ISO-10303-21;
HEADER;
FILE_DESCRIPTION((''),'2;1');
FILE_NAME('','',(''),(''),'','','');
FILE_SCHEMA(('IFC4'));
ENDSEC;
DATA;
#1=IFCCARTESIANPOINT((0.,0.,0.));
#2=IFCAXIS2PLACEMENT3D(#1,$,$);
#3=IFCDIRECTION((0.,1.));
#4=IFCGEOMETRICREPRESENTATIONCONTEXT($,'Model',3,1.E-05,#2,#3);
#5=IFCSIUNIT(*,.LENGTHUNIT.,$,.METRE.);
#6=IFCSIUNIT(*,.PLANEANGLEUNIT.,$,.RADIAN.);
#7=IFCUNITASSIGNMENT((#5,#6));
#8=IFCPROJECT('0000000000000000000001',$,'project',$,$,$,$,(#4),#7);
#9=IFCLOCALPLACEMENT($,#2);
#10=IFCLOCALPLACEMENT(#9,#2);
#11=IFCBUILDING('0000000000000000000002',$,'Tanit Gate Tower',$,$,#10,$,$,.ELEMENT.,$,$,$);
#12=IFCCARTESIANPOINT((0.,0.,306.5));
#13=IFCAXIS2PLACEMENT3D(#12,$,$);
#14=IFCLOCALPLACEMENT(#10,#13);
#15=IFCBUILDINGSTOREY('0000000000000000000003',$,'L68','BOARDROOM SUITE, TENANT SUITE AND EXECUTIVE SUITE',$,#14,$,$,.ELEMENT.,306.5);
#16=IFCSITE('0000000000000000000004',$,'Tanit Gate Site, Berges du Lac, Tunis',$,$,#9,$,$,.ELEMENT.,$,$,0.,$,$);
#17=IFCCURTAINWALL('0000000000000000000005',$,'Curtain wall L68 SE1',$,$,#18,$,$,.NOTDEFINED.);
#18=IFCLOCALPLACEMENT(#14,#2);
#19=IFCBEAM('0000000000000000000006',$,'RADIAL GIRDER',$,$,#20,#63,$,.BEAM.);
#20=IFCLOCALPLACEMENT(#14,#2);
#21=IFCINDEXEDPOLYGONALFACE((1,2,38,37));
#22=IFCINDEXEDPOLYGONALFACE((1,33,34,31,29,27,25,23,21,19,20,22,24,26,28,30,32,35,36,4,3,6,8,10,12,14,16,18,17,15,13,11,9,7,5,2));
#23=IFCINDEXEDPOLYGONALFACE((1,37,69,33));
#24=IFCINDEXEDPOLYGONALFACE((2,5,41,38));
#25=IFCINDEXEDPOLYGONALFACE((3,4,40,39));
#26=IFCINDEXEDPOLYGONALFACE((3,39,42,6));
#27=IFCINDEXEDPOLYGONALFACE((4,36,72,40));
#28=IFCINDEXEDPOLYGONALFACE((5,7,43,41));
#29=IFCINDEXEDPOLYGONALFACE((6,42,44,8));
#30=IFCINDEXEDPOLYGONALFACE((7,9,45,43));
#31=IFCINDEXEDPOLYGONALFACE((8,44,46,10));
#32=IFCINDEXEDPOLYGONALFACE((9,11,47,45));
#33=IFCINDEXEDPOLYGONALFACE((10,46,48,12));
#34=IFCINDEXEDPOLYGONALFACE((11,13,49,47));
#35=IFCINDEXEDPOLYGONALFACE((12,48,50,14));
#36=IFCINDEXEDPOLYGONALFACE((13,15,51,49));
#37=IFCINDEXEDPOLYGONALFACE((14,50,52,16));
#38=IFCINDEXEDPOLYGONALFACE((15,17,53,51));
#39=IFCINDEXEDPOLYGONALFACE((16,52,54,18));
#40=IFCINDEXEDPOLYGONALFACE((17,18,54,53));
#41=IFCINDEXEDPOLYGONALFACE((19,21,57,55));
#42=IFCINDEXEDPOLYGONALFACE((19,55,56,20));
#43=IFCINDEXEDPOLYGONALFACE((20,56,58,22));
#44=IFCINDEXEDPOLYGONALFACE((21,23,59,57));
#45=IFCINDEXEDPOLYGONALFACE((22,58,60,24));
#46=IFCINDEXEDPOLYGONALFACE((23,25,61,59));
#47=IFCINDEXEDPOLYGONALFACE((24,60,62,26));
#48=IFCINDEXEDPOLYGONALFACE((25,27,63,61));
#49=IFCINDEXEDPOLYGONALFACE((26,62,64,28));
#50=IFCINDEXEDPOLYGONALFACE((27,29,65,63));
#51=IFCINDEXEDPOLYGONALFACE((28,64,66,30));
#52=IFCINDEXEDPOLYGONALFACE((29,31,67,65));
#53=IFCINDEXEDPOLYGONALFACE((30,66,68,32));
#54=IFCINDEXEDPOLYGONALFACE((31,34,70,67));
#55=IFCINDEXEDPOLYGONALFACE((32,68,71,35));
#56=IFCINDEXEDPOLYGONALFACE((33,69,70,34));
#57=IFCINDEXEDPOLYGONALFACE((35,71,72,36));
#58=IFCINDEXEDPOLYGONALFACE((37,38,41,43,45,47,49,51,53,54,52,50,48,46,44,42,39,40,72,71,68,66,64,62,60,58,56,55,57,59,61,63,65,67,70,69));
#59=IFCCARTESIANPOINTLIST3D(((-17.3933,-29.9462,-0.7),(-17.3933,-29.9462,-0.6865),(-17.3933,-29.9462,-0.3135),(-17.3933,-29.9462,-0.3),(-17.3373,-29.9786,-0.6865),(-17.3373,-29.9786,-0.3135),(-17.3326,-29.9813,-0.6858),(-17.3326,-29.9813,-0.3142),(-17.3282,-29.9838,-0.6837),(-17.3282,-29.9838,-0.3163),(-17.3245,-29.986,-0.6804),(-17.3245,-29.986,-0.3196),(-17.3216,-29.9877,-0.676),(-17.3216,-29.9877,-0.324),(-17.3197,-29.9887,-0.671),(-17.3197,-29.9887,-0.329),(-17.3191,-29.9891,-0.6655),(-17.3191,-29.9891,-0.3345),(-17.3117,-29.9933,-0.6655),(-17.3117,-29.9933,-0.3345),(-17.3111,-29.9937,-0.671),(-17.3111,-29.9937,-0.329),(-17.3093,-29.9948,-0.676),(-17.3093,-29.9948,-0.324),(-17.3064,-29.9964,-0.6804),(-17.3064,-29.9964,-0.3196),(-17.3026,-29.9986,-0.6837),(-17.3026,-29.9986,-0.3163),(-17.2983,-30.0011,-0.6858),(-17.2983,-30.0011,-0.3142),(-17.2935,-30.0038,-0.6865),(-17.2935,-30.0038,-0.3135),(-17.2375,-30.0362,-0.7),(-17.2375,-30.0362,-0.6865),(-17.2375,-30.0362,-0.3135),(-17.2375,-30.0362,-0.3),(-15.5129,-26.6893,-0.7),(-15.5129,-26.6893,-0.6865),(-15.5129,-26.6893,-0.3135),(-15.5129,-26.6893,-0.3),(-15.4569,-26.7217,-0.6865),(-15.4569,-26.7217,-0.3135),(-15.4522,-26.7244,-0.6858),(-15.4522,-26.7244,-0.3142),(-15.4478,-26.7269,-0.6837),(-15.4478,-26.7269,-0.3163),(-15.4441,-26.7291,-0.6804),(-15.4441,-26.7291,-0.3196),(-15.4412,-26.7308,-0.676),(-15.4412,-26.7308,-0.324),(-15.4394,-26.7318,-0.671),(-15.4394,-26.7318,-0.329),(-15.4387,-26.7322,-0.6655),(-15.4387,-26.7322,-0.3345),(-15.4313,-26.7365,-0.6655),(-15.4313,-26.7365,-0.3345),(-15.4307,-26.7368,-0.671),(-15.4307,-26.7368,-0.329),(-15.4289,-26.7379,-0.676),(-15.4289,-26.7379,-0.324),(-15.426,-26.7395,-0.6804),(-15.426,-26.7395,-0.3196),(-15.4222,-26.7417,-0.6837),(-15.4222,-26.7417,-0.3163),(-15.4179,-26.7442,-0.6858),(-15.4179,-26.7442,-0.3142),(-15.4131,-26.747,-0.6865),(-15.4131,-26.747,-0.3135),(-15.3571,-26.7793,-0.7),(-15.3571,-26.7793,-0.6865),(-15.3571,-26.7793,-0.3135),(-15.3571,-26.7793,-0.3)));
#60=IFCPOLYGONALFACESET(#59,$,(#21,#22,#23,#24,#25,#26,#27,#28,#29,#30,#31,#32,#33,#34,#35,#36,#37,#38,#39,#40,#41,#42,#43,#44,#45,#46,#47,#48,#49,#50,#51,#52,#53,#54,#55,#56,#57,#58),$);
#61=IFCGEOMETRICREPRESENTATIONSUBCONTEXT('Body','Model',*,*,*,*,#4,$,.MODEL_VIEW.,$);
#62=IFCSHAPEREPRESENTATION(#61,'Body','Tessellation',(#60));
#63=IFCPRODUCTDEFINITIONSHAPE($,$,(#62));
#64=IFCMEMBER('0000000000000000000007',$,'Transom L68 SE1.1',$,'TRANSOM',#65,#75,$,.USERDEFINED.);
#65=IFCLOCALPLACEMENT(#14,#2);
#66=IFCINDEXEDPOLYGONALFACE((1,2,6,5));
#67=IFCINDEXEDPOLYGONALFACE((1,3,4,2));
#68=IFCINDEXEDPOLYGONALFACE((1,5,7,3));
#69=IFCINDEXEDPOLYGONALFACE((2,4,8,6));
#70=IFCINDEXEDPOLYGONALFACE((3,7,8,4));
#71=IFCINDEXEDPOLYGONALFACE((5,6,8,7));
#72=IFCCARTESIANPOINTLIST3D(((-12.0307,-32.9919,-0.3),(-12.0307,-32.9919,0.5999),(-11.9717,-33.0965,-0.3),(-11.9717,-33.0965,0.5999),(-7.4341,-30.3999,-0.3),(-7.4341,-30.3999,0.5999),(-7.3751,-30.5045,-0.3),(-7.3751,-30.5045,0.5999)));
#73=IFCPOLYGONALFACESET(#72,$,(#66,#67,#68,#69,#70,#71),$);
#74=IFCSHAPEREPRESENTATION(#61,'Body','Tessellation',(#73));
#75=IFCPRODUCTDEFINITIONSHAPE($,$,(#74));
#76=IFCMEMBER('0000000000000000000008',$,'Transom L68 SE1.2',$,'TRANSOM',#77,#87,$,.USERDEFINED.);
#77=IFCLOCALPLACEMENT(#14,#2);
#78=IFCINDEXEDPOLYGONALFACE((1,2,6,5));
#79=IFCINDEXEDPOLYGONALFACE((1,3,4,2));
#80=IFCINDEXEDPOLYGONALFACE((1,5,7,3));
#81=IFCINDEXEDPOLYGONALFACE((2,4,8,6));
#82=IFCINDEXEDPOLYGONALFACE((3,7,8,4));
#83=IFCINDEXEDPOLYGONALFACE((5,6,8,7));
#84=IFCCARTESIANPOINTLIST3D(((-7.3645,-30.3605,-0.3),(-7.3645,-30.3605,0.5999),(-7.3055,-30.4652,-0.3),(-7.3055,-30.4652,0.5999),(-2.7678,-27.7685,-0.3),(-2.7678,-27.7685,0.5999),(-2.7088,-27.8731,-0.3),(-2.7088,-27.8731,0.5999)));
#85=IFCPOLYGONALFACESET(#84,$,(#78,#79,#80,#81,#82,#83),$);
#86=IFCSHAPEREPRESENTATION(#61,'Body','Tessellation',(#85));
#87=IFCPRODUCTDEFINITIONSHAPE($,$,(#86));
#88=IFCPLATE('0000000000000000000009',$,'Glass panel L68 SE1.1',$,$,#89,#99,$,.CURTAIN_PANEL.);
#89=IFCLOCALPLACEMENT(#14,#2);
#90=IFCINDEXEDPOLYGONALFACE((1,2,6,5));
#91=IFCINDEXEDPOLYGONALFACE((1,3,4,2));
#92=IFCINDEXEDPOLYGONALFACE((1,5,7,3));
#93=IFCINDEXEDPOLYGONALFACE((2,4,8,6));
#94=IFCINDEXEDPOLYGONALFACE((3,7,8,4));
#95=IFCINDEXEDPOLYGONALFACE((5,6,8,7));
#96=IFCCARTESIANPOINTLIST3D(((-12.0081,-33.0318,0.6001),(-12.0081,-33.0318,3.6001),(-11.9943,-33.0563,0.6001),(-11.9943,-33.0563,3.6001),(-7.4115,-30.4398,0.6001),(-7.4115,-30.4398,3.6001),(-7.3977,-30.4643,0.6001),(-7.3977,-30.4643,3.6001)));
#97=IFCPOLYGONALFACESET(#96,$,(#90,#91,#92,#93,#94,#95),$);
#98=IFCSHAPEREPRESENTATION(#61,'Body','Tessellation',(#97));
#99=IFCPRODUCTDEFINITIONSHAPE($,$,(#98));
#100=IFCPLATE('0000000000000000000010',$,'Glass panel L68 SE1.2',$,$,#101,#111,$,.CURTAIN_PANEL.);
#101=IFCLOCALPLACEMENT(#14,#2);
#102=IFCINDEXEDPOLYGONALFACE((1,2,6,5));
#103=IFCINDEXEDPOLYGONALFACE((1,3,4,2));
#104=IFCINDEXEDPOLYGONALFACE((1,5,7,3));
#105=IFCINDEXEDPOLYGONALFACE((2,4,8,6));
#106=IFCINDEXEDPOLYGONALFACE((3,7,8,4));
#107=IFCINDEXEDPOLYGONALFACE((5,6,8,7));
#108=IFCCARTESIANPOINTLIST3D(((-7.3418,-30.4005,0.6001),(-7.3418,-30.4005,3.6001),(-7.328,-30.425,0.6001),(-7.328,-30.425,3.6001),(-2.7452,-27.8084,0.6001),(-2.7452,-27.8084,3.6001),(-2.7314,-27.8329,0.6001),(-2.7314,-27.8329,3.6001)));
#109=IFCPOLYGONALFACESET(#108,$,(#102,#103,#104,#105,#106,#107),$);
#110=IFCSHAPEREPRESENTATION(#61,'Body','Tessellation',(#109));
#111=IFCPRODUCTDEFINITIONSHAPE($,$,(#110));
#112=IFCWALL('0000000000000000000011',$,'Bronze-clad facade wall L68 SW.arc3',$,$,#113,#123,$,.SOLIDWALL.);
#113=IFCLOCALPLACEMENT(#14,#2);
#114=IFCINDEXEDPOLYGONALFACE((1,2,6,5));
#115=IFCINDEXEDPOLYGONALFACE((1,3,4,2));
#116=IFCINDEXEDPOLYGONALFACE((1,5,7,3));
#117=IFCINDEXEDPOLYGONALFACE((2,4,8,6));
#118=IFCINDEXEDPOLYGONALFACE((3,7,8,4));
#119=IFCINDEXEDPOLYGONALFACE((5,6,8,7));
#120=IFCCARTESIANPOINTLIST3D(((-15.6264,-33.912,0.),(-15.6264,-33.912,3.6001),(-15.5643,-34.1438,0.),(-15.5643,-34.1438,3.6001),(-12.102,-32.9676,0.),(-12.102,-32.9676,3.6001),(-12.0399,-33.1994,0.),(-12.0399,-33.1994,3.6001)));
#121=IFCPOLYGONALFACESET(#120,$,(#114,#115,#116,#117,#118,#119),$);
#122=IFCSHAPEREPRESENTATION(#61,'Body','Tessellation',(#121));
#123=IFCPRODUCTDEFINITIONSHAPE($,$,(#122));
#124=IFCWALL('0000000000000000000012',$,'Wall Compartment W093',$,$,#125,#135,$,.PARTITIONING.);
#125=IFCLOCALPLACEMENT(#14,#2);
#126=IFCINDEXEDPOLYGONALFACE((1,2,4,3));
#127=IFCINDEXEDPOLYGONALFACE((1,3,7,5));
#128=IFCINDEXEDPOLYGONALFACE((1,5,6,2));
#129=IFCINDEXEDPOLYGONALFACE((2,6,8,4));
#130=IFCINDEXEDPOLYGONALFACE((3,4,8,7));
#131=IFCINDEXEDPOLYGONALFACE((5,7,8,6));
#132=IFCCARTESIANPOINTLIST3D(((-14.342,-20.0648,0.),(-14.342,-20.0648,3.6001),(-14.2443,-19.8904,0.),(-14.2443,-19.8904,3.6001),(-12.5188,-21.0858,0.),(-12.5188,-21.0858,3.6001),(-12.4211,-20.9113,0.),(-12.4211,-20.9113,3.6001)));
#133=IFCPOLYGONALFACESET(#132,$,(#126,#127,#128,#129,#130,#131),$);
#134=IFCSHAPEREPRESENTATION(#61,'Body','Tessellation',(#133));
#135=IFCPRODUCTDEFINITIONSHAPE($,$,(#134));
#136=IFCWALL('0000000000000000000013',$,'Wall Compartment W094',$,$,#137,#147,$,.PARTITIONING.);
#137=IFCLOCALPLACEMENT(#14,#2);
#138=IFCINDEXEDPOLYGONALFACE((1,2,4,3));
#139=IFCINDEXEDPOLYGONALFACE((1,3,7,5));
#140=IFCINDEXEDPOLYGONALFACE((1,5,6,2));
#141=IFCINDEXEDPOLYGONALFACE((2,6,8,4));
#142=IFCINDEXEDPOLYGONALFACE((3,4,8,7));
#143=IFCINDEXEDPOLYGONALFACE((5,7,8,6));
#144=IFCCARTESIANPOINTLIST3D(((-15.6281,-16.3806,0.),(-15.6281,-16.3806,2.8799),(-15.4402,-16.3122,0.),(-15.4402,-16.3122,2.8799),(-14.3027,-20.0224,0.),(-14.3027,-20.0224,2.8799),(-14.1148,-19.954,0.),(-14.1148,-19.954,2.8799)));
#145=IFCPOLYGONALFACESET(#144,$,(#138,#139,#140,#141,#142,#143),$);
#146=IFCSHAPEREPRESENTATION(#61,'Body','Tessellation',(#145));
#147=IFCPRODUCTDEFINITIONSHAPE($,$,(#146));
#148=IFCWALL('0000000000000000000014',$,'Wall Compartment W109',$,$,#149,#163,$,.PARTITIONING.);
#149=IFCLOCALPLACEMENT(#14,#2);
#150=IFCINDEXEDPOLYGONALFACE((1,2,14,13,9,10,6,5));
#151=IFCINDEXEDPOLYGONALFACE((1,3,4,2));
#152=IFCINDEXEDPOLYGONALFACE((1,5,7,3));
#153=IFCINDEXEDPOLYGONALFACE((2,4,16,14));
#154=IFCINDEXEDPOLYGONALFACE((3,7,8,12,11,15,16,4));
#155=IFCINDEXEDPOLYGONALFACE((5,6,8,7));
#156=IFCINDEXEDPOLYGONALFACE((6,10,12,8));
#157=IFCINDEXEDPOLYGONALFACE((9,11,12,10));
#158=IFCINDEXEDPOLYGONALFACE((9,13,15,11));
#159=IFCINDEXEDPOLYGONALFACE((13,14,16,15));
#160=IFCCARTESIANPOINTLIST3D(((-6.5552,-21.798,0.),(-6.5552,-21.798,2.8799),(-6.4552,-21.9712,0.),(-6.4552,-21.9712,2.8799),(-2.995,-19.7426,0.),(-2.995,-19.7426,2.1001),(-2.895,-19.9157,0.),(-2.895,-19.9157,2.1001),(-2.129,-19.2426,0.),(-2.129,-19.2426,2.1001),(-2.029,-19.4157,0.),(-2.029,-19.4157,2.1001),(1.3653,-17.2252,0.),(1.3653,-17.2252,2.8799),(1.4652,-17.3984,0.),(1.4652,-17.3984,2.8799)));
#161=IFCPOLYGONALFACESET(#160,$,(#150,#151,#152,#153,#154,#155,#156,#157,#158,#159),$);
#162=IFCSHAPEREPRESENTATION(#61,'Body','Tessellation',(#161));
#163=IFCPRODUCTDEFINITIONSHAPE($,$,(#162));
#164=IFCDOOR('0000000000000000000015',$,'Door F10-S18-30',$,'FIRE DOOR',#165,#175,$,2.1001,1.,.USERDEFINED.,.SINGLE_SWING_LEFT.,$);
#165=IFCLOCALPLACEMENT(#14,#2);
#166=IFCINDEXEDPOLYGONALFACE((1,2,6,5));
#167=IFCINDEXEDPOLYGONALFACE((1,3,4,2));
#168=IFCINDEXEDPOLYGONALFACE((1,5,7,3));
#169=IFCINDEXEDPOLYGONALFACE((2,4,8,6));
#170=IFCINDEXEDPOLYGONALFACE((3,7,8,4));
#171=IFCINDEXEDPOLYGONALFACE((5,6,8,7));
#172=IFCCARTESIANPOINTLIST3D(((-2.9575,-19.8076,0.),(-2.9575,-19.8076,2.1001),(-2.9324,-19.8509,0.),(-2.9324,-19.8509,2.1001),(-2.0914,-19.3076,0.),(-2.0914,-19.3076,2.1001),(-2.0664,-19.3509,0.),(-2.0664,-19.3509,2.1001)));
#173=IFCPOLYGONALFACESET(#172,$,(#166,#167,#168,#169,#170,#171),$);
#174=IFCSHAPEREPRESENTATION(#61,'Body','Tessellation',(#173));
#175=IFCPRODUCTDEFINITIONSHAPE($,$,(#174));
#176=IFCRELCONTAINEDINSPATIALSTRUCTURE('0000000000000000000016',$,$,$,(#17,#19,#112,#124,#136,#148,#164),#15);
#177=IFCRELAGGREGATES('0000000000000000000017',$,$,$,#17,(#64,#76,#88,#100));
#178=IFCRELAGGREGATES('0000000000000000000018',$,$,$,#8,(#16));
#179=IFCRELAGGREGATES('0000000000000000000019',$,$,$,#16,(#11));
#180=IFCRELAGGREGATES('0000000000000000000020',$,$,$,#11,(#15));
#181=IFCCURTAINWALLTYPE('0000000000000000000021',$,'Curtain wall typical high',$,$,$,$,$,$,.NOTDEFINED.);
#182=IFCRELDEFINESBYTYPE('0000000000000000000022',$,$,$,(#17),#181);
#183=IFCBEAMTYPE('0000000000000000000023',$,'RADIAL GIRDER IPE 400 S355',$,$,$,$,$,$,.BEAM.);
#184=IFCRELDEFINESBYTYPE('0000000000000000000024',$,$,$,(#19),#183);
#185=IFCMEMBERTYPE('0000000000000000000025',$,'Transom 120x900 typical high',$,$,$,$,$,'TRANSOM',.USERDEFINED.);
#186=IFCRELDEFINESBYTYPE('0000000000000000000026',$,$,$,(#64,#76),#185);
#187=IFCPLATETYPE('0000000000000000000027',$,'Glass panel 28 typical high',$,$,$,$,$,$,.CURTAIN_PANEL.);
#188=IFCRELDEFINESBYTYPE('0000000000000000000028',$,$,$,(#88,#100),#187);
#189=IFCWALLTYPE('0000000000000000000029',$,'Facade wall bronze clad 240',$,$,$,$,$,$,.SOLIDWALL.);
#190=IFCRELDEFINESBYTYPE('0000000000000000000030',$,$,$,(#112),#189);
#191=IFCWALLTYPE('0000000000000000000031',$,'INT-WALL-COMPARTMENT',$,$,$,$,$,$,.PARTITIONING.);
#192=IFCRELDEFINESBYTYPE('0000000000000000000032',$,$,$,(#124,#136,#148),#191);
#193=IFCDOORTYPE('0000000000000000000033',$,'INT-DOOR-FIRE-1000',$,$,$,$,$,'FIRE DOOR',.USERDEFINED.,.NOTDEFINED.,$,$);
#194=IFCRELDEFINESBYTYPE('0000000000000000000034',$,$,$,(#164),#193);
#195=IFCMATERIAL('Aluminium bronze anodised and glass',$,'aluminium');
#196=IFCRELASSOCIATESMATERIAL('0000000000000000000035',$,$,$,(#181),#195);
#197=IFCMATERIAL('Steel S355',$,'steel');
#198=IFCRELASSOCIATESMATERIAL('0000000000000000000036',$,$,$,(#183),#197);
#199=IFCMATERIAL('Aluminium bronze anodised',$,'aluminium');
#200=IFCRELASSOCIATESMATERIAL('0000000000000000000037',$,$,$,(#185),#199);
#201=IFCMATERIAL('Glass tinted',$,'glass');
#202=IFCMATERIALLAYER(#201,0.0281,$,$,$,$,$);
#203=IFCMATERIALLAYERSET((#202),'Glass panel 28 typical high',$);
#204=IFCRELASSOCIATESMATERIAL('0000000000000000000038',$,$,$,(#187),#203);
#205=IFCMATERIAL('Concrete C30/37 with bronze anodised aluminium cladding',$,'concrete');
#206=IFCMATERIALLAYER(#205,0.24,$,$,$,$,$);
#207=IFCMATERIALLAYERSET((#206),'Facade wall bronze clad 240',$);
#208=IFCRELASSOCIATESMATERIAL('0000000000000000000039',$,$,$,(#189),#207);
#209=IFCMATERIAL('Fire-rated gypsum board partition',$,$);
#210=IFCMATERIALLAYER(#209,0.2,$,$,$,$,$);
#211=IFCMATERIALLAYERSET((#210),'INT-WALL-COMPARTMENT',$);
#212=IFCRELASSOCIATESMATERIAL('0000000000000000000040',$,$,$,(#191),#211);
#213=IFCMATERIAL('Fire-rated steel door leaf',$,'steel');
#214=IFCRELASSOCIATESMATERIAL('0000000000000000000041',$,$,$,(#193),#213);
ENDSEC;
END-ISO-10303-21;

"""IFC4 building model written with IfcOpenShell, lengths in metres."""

from ifc_helpers import new_model, si_unit, direction, frame, frame_2d, origin, origin_2d, place, context, subcontext, project, spatial, rectangle, i_section, extrude, material, layer, layer_set, material_profile, profile_set, type_object, element, fill, aggregate, save


model = new_model("IFC4")

# Units and contexts
model_context = context("Model", 3, precision=1e-05, world=origin(), true_north=direction((0.0, 1.0)))
body_context = subcontext(model_context, "Body", "Model", "MODEL_VIEW")
ifc_project = project(units=[si_unit("LENGTHUNIT", "METRE"), si_unit("PLANEANGLEUNIT", "RADIAN")], contexts=[model_context])

# Site, building, storey
site_placement = place(None, origin())
site = spatial("IfcSite", under=ifc_project, at=site_placement, Name="Tanit Gate Site, Berges du Lac, Tunis", CompositionType="ELEMENT", RefElevation=0.0)
building_placement = place(site_placement, origin())
building = spatial("IfcBuilding", under=site, at=building_placement, Name="Tanit Gate Tower", CompositionType="ELEMENT")
storey_placement = place(building_placement, frame((0.0, 0.0, 306.5)))
storey = spatial("IfcBuildingStorey", under=building, at=storey_placement, Name="L68", Description="BOARDROOM SUITE, TENANT SUITE AND EXECUTIVE SUITE", CompositionType="ELEMENT", Elevation=306.5)

# Curtain wall
ifc_material_1 = material(Name="Aluminium bronze anodised and glass", Category="aluminium")
curtain_wall_type = type_object("IfcCurtainWallType", Name="Curtain wall typical high", PredefinedType="NOTDEFINED", material=ifc_material_1)
curtain_wall_placement = place(storey_placement, origin())
curtain_wall = element("IfcCurtainWall", 1, at=curtain_wall_placement, inside=storey, type_object=curtain_wall_type, Name="Curtain wall L68 SE1", PredefinedType="NOTDEFINED")

# Beam
ifc_material_2 = material(Name="Steel S355", Category="steel")
ifc_material_profile_1 = material_profile(ifc_material_2, i_section(OverallWidth=0.1799, OverallDepth=0.3999, WebThickness=0.0085, FlangeThickness=0.0134, FilletRadius=0.021, at=origin_2d()), Name="IPE 400")
ifc_profile_set_1 = profile_set([ifc_material_profile_1], Name="Steel S355")
beam_type_1 = type_object("IfcBeamType", Name="RADIAL GIRDER IPE 400 S355", PredefinedType="BEAM", material=ifc_profile_set_1)
beam_1_placement = place(storey_placement, frame((-17.3154, -29.9912, -0.5), z_axis=(0.500007, 0.866021, 0.0), x_axis=(-0.866021, 0.500007, 0.0)))
element("IfcBeam", 2, at=beam_1_placement, inside=storey, type_object=beam_type_1, Name="RADIAL GIRDER", PredefinedType="BEAM", context=body_context, shape_type="SweptSolid", body=[
    extrude(i_section(OverallWidth=0.1799, OverallDepth=0.3999, WebThickness=0.0085, FlangeThickness=0.0134, FilletRadius=0.021, at=origin_2d()), origin(), (0.0, 0.0, 1.0), 3.7607),
])

# Members
ifc_material_3 = material(Name="Aluminium bronze anodised", Category="aluminium")
ifc_material_profile_2 = material_profile(ifc_material_3, rectangle(XDim=0.1201, YDim=0.8999, at=origin_2d()), Name="120x900 bronze transom")
ifc_profile_set_2 = profile_set([ifc_material_profile_2], Name="Aluminium bronze anodised")
member_type_1 = type_object("IfcMemberType", Name="Transom 120x900 typical high", ElementType="TRANSOM", PredefinedType="USERDEFINED", material=ifc_profile_set_2)
member_1_placement = place(storey_placement, frame((-12.0012, -33.0442, 0.1499), z_axis=(0.871056, 0.491183, 0.0), x_axis=(-0.491183, 0.871056, 0.0)))
member_1 = element("IfcMember", 3, at=member_1_placement, type_object=member_type_1, Name="Transom L68 SE1.1", ObjectType="TRANSOM", PredefinedType="USERDEFINED", context=body_context, shape_type="SweptSolid", body=[
    extrude(rectangle(XDim=0.1201, YDim=0.8999, at=origin_2d()), origin(), (0.0, 0.0, 1.0), 5.2771),
])
member_2_placement = place(storey_placement, frame((-7.335, -30.4128, 0.1499), z_axis=(0.871056, 0.491183, 0.0), x_axis=(-0.491183, 0.871056, 0.0)))
member_2 = element("IfcMember", 4, at=member_2_placement, type_object=member_type_1, Name="Transom L68 SE1.2", ObjectType="TRANSOM", PredefinedType="USERDEFINED", context=body_context, shape_type="SweptSolid", body=[
    extrude(rectangle(XDim=0.1201, YDim=0.8999, at=origin_2d()), origin(), (0.0, 0.0, 1.0), 5.2771),
])

# Plates
ifc_material_4 = material(Name="Glass tinted", Category="glass")
ifc_layer_1 = layer(ifc_material_4, 0.0281)
ifc_layer_set_1 = layer_set([ifc_layer_1], Name="Glass panel 28 typical high")
plate_type = type_object("IfcPlateType", Name="Glass panel 28 typical high", PredefinedType="CURTAIN_PANEL", material=ifc_layer_set_1)
plate_1_placement = place(storey_placement, frame((-9.7029, -31.748, 0.6001), z_axis=(0.0, 0.0, 1.0), x_axis=(0.871054, 0.491188, 0.0)))
plate_1 = element("IfcPlate", 5, at=plate_1_placement, type_object=plate_type, Name="Glass panel L68 SE1.1", PredefinedType="CURTAIN_PANEL", context=body_context, shape_type="SweptSolid", body=[
    extrude(rectangle(XDim=5.2771, YDim=0.0281, at=origin_2d()), origin(), (0.0, 0.0, 1.0), 3.0),
])
plate_2_placement = place(storey_placement, frame((-5.0366, -29.1167, 0.6001), z_axis=(0.0, 0.0, 1.0), x_axis=(0.871054, 0.491188, 0.0)))
plate_2 = element("IfcPlate", 6, at=plate_2_placement, type_object=plate_type, Name="Glass panel L68 SE1.2", PredefinedType="CURTAIN_PANEL", context=body_context, shape_type="SweptSolid", body=[
    extrude(rectangle(XDim=5.2771, YDim=0.0281, at=origin_2d()), origin(), (0.0, 0.0, 1.0), 3.0),
])
aggregate(curtain_wall, [member_1, member_2, plate_1, plate_2])

# Walls
ifc_material_5 = material(Name="Concrete C30/37 with bronze anodised aluminium cladding", Category="concrete")
ifc_layer_2 = layer(ifc_material_5, 0.24)
ifc_layer_set_2 = layer_set([ifc_layer_2], Name="Facade wall bronze clad 240")
wall_type_1 = type_object("IfcWallType", Name="Facade wall bronze clad 240", PredefinedType="SOLIDWALL", material=ifc_layer_set_2)
wall_1_placement = place(storey_placement, frame((-15.5952, -34.0278, 0.0), z_axis=(0.0, 0.0, 1.0), x_axis=(0.965928, 0.258812, 0.0)))
element("IfcWall", 7, at=wall_1_placement, inside=storey, type_object=wall_type_1, Name="Bronze-clad facade wall L68 SW.arc3", PredefinedType="SOLIDWALL", context=body_context, shape_type="SweptSolid", body=[
    extrude(rectangle(XDim=3.6487, YDim=0.24, at=frame_2d((1.8242, 0.0))), origin(), (0.0, 0.0, 1.0), 3.6001),
])
ifc_material_6 = material(Name="Fire-rated gypsum board partition")
ifc_layer_3 = layer(ifc_material_6, 0.2)
ifc_layer_set_3 = layer_set([ifc_layer_3], Name="INT-WALL-COMPARTMENT")
wall_type_2 = type_object("IfcWallType", Name="INT-WALL-COMPARTMENT", PredefinedType="PARTITIONING", material=ifc_layer_set_3)
wall_2_placement = place(storey_placement, frame((-14.2932, -19.9775, 0.0), z_axis=(0.0, 0.0, 1.0), x_axis=(0.87251, -0.488596, 0.0)))
element("IfcWall", 8, at=wall_2_placement, inside=storey, type_object=wall_type_2, Name="Wall Compartment W093", PredefinedType="PARTITIONING", context=body_context, shape_type="SweptSolid", body=[
    extrude(rectangle(XDim=2.0896, YDim=0.2, at=frame_2d((1.0449, 0.0))), origin(), (0.0, 0.0, 1.0), 3.6001),
])
wall_3_placement = place(storey_placement, frame((-15.5342, -16.3464, 0.0), z_axis=(0.0, 0.0, 1.0), x_axis=(0.342001, -0.9397, 0.0)))
element("IfcWall", 9, at=wall_3_placement, inside=storey, type_object=wall_type_2, Name="Wall Compartment W094", PredefinedType="PARTITIONING", context=body_context, shape_type="SweptSolid", body=[
    extrude(rectangle(XDim=3.8755, YDim=0.2, at=frame_2d((1.9377, 0.0))), origin(), (0.0, 0.0, 1.0), 2.8799),
])

# Wall, opening, door
wall_4_placement = place(storey_placement, frame((-6.5051, -21.8845, 0.0), z_axis=(0.0, 0.0, 1.0), x_axis=(0.86603, 0.499992, 0.0)))
wall_4 = element("IfcWall", 10, at=wall_4_placement, inside=storey, type_object=wall_type_2, Name="Wall Compartment W109", PredefinedType="PARTITIONING", context=body_context, shape_type="SweptSolid", body=[
    extrude(rectangle(XDim=9.1458, YDim=0.2, at=frame_2d((4.5728, 0.0))), origin(), (0.0, 0.0, 1.0), 2.8799),
])
opening_1_placement = place(wall_4_placement, frame((4.1108, 0.0, 0.0)))
opening_1 = element("IfcOpeningElement", 11, at=opening_1_placement, cuts=wall_4, PredefinedType="OPENING", context=body_context, shape_type="SweptSolid", body=[
    extrude(rectangle(XDim=1.0, YDim=2.1001, at=frame_2d((0.5, 1.05))), frame((0.0, 0.1099, 0.0), z_axis=(0.0, -1.0, 0.0), x_axis=(1.0, 0.0, 0.0)), (0.0, 0.0, 1.0), 0.22),
])
ifc_material_7 = material(Name="Fire-rated steel door leaf", Category="steel")
door_type_1 = type_object("IfcDoorType", Name="INT-DOOR-FIRE-1000", ElementType="FIRE DOOR", OperationType="NOTDEFINED", PredefinedType="USERDEFINED", material=ifc_material_7)
door_1_placement = place(opening_1_placement, origin())
door_1 = element("IfcDoor", 12, at=door_1_placement, inside=storey, type_object=door_type_1, Name="Door F10-S18-30", ObjectType="FIRE DOOR", OperationType="SINGLE_SWING_LEFT", OverallHeight=2.1001, OverallWidth=1.0, PredefinedType="USERDEFINED", context=body_context, shape_type="SweptSolid", body=[
    extrude(rectangle(XDim=1.0, YDim=2.1001, at=frame_2d((0.5, 1.05))), frame((0.0, 0.0249, 0.0), z_axis=(0.0, -1.0, 0.0), x_axis=(1.0, 0.0, 0.0)), (0.0, 0.0, 1.0), 0.05),
])
fill(opening_1, door_1)

save(model, "model.ifc")
